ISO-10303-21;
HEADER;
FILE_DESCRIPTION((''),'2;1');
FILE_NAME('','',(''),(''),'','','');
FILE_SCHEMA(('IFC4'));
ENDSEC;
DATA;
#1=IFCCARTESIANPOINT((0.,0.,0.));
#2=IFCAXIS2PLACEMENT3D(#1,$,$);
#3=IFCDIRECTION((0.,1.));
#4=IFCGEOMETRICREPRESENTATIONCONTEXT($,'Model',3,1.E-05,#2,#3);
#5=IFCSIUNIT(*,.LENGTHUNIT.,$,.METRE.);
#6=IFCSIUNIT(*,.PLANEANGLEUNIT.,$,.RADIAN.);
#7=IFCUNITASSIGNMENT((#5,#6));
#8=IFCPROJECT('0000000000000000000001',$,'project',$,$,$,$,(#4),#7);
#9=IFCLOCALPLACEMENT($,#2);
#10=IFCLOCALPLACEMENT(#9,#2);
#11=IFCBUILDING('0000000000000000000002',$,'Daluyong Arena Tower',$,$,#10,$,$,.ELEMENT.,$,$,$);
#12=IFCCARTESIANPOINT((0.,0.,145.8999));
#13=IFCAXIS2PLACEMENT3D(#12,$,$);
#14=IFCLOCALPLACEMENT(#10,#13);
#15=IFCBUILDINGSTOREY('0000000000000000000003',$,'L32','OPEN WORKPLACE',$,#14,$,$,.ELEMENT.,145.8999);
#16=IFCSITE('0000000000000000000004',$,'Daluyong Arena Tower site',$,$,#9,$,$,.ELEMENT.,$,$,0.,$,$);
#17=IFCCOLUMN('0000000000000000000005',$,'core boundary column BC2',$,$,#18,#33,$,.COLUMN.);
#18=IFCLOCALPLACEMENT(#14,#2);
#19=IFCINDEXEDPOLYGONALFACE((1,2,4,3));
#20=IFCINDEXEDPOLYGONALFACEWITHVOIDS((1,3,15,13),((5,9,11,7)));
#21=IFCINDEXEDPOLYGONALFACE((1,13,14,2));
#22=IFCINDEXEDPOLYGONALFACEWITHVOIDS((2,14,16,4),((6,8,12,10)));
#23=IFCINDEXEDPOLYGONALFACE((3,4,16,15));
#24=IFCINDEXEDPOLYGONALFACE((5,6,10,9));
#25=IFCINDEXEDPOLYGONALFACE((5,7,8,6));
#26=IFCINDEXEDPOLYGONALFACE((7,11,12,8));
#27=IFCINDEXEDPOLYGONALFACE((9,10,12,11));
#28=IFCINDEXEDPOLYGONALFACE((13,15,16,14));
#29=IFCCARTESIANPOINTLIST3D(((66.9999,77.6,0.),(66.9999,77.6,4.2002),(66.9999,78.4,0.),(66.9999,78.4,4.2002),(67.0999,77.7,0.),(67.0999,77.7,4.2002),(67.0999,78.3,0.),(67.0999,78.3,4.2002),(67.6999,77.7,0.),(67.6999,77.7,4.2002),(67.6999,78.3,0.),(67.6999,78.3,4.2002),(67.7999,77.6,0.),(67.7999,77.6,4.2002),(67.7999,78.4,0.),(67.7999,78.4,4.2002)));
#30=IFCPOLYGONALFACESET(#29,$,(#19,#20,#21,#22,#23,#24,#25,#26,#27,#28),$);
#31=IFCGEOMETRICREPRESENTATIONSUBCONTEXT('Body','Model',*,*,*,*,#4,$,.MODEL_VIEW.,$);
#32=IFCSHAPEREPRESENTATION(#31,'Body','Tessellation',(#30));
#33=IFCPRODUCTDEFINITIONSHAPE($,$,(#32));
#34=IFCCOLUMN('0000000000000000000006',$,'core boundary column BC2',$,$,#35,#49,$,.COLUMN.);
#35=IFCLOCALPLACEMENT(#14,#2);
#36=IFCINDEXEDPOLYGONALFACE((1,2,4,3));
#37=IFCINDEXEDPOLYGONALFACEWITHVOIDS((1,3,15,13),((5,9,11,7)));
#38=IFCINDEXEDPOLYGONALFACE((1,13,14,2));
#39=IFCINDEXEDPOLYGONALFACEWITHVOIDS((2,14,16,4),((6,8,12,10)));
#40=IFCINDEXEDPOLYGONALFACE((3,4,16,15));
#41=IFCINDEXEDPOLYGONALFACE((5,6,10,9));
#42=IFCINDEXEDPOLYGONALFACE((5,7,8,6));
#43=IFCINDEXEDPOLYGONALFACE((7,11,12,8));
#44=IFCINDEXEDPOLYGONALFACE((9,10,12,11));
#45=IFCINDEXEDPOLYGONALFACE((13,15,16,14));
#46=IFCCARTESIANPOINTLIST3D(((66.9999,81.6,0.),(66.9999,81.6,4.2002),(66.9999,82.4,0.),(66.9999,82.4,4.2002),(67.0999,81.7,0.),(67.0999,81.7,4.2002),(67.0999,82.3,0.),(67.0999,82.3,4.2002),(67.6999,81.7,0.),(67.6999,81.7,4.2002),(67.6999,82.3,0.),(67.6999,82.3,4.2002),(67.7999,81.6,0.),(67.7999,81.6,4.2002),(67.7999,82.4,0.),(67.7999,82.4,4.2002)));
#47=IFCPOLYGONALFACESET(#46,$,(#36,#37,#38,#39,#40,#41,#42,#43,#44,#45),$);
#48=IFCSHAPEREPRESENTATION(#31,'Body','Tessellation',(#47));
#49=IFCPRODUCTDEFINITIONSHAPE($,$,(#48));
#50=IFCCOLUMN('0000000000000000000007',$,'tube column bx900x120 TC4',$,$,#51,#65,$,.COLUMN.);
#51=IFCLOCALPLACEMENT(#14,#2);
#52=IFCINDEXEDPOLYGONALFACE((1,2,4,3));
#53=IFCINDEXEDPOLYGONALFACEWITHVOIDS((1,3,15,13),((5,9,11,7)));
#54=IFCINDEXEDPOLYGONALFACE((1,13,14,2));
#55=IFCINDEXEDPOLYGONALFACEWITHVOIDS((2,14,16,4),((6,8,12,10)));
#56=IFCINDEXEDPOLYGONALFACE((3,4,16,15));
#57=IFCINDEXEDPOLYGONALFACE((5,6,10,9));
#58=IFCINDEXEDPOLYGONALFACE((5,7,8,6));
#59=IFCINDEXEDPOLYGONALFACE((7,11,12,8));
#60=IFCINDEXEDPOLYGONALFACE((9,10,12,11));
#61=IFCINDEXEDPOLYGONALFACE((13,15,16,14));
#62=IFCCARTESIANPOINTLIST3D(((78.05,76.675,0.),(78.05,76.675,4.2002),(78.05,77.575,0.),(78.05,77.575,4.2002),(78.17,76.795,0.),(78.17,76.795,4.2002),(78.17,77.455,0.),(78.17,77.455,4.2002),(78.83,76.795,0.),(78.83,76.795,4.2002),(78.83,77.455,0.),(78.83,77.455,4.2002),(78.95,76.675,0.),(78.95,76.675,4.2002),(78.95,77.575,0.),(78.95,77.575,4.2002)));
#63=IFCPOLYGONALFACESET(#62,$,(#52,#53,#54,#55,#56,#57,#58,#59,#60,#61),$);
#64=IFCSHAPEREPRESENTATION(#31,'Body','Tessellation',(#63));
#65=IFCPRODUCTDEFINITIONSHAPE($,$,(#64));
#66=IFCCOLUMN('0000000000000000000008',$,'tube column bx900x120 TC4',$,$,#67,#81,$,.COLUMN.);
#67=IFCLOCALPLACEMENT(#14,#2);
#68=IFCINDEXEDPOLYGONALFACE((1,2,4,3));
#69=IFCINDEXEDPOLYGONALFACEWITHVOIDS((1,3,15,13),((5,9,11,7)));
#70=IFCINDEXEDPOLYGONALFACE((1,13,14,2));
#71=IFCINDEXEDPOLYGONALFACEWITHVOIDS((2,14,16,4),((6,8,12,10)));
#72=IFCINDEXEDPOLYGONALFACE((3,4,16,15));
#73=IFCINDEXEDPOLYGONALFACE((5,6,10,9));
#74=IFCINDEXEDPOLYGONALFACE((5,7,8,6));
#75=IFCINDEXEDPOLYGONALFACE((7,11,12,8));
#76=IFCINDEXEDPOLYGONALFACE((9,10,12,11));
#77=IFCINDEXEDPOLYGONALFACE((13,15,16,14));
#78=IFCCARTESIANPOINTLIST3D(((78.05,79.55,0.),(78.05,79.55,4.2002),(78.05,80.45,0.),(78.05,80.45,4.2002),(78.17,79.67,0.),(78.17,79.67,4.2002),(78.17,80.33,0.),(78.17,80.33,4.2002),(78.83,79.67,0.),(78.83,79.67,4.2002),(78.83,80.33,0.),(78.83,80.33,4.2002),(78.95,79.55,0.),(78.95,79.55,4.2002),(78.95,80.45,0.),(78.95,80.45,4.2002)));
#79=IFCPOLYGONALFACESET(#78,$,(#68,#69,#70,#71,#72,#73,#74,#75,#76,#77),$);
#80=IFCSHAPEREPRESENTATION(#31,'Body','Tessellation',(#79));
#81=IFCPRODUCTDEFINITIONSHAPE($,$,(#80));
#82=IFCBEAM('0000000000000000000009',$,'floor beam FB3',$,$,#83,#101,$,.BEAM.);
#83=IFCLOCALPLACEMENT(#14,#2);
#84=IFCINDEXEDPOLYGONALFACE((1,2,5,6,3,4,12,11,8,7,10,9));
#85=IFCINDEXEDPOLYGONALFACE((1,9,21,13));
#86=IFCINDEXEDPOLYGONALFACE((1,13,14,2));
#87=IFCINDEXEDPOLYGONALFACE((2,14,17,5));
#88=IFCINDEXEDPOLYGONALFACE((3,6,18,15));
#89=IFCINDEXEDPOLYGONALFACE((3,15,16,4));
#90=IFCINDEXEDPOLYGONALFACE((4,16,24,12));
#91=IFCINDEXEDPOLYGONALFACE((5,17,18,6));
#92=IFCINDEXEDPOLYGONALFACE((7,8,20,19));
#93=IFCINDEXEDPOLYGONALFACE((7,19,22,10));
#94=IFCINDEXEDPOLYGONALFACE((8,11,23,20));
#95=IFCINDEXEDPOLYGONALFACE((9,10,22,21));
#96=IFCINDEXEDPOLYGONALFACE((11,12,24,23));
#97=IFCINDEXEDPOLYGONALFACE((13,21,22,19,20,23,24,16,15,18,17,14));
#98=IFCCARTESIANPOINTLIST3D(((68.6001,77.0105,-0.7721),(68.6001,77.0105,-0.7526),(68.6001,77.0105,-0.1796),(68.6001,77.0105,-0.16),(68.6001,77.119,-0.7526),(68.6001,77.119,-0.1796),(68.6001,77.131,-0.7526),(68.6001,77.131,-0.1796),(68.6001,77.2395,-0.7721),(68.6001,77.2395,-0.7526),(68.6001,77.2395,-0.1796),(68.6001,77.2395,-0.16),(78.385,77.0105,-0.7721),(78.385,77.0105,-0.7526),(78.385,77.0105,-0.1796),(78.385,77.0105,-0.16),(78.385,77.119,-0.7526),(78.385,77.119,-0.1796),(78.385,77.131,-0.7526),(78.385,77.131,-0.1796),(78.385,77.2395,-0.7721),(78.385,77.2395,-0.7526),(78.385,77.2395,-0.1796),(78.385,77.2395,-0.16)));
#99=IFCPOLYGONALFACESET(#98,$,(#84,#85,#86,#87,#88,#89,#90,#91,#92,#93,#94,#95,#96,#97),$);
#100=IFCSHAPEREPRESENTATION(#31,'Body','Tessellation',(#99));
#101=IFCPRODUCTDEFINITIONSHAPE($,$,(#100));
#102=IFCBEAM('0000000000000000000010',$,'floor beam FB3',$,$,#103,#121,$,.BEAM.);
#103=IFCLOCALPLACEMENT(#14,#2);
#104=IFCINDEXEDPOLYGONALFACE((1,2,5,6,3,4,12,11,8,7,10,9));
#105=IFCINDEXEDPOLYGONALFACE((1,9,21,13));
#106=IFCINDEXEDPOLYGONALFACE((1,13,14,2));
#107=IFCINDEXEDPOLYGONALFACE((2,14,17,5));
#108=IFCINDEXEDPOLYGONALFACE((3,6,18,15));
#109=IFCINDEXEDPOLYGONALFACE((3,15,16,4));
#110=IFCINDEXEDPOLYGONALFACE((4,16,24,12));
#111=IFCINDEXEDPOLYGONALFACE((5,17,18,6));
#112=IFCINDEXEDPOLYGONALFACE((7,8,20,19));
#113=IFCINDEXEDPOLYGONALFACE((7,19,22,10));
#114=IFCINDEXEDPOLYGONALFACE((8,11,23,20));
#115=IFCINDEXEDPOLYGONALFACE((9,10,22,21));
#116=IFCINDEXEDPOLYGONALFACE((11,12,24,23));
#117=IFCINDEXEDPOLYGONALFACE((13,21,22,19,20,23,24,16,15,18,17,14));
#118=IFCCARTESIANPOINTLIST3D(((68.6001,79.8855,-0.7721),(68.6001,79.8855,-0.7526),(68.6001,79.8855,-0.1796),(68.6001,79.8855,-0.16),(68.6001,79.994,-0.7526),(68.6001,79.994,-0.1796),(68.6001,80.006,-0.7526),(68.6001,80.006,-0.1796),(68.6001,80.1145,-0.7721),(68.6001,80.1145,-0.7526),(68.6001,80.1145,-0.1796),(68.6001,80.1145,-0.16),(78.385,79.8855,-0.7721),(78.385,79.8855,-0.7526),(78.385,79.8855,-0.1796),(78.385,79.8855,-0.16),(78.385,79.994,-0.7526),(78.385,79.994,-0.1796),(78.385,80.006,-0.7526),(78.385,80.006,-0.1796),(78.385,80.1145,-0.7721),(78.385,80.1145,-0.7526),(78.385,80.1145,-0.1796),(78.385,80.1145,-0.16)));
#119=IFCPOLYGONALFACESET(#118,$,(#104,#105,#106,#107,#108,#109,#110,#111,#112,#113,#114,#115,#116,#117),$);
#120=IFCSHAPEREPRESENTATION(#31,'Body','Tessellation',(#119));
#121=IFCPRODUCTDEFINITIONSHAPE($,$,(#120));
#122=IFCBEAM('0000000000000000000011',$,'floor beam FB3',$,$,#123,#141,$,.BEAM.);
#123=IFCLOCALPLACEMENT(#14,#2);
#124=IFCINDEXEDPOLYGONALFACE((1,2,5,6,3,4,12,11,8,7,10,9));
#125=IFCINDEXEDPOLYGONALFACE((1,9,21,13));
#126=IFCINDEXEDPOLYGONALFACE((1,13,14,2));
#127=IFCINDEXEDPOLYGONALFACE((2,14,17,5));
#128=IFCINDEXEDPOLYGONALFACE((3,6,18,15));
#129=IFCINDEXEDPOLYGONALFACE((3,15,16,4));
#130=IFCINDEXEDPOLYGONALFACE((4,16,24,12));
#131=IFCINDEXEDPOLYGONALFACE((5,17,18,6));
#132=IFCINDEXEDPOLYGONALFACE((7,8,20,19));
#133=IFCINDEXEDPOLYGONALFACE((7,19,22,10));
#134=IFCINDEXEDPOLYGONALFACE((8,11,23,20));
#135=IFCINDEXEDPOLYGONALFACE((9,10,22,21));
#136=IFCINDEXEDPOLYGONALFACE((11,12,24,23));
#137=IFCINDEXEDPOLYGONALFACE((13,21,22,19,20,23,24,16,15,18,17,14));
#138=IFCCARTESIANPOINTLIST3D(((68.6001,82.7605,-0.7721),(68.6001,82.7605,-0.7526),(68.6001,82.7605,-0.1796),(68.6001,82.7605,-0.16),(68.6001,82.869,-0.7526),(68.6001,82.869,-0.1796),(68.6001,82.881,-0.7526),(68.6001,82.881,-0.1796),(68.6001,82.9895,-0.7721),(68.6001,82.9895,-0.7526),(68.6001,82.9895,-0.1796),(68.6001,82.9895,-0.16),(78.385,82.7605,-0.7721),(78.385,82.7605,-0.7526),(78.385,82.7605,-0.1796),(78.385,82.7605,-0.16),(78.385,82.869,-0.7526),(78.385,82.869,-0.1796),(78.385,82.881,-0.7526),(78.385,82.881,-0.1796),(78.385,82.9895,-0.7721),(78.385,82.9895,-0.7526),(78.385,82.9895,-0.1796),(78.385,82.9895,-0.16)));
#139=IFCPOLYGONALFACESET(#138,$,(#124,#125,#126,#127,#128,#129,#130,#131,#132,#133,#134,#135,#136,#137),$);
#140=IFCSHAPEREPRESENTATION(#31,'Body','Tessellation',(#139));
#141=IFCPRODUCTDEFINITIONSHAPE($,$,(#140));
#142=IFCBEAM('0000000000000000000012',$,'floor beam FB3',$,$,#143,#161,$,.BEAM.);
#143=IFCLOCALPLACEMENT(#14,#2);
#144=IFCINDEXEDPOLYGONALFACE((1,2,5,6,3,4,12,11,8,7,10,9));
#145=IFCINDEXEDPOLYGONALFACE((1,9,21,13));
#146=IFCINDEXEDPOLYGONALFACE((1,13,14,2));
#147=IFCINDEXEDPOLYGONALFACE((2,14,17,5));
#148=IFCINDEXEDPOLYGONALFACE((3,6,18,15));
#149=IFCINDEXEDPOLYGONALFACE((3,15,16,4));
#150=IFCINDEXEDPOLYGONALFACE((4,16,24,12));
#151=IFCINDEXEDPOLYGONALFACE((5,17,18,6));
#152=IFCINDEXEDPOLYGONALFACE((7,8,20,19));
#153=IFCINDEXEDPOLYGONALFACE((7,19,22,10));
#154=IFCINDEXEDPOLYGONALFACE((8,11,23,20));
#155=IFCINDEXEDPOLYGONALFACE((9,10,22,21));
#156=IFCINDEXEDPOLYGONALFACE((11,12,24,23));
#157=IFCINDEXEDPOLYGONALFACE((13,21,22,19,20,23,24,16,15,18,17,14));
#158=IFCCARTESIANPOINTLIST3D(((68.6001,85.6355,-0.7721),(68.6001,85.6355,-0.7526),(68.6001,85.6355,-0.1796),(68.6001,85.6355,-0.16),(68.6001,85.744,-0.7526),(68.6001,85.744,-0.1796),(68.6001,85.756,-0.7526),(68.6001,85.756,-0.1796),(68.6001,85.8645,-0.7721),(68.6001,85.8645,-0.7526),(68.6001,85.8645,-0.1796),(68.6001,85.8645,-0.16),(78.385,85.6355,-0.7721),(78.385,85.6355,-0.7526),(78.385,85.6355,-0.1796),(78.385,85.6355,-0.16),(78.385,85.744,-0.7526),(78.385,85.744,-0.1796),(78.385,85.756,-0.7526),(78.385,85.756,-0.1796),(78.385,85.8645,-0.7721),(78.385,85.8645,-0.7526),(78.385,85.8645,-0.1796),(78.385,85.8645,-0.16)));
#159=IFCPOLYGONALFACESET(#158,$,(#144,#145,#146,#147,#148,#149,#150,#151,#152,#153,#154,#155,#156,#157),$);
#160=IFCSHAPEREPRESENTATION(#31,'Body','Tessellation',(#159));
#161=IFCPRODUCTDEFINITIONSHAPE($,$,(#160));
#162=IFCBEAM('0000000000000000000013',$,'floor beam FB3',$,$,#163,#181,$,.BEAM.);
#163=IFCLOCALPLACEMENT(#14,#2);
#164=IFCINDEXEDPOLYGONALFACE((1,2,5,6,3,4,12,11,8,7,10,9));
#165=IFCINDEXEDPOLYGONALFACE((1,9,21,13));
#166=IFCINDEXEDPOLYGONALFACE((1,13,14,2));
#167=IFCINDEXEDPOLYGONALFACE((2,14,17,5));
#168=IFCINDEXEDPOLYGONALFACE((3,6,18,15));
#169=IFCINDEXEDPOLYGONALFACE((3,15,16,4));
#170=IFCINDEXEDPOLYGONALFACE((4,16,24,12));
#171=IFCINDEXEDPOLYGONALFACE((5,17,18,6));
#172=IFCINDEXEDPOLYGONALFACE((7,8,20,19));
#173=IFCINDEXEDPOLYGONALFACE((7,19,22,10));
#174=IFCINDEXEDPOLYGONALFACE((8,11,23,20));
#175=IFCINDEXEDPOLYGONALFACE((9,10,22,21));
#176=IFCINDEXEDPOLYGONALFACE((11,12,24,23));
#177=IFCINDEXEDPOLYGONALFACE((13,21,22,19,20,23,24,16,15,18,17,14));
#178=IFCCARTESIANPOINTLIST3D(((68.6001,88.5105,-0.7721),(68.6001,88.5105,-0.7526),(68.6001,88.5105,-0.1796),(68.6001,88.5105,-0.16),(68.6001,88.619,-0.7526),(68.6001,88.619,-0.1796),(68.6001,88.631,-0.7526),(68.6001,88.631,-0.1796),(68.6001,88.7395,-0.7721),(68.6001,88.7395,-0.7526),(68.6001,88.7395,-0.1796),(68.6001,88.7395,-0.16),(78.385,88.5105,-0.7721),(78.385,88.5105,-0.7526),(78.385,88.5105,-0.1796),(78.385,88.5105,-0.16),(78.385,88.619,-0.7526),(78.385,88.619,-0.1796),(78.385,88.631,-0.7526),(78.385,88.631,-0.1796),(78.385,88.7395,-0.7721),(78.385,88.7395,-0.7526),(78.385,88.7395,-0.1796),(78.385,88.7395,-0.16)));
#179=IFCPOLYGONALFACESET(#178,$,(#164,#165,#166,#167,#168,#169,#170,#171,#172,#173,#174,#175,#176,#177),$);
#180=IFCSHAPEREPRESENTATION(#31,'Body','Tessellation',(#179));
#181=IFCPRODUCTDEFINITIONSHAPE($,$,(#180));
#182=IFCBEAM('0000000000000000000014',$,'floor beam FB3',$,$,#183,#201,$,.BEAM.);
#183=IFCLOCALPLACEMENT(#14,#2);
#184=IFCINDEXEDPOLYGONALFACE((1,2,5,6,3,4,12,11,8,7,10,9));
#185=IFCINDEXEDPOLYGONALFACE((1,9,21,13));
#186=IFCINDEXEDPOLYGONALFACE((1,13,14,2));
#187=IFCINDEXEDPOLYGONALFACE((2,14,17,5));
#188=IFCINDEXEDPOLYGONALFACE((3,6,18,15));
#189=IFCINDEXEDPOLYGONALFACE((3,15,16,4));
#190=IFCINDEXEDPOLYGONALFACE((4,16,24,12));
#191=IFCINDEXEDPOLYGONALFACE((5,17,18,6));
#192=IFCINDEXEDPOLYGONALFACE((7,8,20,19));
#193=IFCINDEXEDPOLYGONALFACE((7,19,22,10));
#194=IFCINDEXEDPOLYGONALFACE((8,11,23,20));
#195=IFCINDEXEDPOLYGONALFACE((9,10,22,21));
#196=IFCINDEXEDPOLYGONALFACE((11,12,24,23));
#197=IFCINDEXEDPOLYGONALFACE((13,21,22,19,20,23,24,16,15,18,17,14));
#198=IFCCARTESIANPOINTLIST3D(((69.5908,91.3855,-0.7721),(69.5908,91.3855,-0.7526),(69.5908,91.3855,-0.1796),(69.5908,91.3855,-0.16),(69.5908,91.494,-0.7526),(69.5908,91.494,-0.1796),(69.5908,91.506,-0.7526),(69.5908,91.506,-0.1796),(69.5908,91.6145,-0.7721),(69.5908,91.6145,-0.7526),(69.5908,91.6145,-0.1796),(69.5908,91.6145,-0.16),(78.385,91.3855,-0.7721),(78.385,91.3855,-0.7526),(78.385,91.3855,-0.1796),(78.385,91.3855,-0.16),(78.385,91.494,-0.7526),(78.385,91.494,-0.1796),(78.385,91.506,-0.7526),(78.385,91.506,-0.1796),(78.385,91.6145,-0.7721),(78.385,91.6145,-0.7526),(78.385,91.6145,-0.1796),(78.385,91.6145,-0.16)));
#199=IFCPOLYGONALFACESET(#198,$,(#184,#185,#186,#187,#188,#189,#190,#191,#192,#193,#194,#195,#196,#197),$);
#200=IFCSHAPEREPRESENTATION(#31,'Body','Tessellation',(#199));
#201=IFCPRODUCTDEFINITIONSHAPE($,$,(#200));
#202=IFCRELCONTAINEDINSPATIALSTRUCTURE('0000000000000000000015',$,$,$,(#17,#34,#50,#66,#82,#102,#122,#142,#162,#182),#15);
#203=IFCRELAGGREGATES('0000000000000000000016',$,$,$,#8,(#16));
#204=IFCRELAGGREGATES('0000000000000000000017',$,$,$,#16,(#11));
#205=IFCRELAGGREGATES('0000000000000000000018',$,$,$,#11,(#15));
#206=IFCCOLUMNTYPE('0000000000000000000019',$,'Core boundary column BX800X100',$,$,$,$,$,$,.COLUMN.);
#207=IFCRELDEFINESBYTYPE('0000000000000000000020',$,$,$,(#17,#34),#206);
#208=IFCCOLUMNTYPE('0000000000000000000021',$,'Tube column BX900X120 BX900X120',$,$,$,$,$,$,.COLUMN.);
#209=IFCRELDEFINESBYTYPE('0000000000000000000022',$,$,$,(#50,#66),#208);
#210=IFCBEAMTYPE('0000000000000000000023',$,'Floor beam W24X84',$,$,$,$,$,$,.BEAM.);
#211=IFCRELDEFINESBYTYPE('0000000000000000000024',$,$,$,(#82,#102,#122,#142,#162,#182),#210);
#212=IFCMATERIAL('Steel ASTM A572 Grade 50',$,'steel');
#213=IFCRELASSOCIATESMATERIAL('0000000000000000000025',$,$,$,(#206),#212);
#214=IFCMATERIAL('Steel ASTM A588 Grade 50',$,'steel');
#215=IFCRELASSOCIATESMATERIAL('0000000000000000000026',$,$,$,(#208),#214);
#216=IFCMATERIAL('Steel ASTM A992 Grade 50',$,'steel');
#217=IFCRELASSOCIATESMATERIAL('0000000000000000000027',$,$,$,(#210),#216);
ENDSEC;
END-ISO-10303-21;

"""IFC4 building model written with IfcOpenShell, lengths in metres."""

from ifc_helpers import new_model, si_unit, direction, frame, origin, origin_2d, place, context, subcontext, project, spatial, hollow_rectangle, i_section, extrude, material, material_profile, profile_set, type_object, element, save


model = new_model("IFC4")

# Units and contexts
model_context = context("Model", 3, precision=1e-05, world=origin(), true_north=direction((0.0, 1.0)))
body_context = subcontext(model_context, "Body", "Model", "MODEL_VIEW")
ifc_project = project(units=[si_unit("LENGTHUNIT", "METRE"), si_unit("PLANEANGLEUNIT", "RADIAN")], contexts=[model_context])

# Site, building, storey
site_placement = place(None, origin())
site = spatial("IfcSite", under=ifc_project, at=site_placement, Name="Daluyong Arena Tower site", CompositionType="ELEMENT", RefElevation=0.0)
building_placement = place(site_placement, origin())
building = spatial("IfcBuilding", under=site, at=building_placement, Name="Daluyong Arena Tower", CompositionType="ELEMENT")
storey_placement = place(building_placement, frame((0.0, 0.0, 145.8999)))
storey = spatial("IfcBuildingStorey", under=building, at=storey_placement, Name="L32", Description="OPEN WORKPLACE", CompositionType="ELEMENT", Elevation=145.8999)

# Columns
ifc_material_1 = material(Name="Steel ASTM A572 Grade 50", Category="steel")
ifc_material_profile_1 = material_profile(ifc_material_1, hollow_rectangle(XDim=0.8, YDim=0.8, WallThickness=0.1, at=origin_2d()))
ifc_profile_set_1 = profile_set([ifc_material_profile_1], Name="Steel ASTM A572 Grade 50")
column_type_1 = type_object("IfcColumnType", Name="Core boundary column BX800X100", PredefinedType="COLUMN", material=ifc_profile_set_1)
for number, where, z_axis, x_axis, name in (
    (1, (67.3999, 78.0, 0.0), (0.0, 0.0, 1.0), (1.0, 0.0, 0.0), "core boundary column BC2"),
    (2, (67.3999, 82.0, 0.0), (0.0, 0.0, 1.0), (1.0, 0.0, 0.0), "core boundary column BC2"),
):
    element("IfcColumn", number, at=place(storey_placement, frame(where, z_axis=z_axis, x_axis=x_axis)), inside=storey, type_object=column_type_1, Name=name, PredefinedType="COLUMN", context=body_context, shape_type="SweptSolid", body=[
        extrude(hollow_rectangle(XDim=0.8, YDim=0.8, WallThickness=0.1, at=origin_2d()), origin(), (0.0, 0.0, 1.0), 4.2002),
    ])
ifc_material_2 = material(Name="Steel ASTM A588 Grade 50", Category="steel")
ifc_material_profile_2 = material_profile(ifc_material_2, hollow_rectangle(XDim=0.8999, YDim=0.8999, WallThickness=0.12, at=origin_2d()))
ifc_profile_set_2 = profile_set([ifc_material_profile_2], Name="Steel ASTM A588 Grade 50")
column_type_2 = type_object("IfcColumnType", Name="Tube column BX900X120 BX900X120", PredefinedType="COLUMN", material=ifc_profile_set_2)
for number, where, z_axis, x_axis, name in (
    (3, (78.5, 77.125, 0.0), (0.0, 0.0, 1.0), (0.0, 1.0, 0.0), "tube column bx900x120 TC4"),
    (4, (78.5, 80.0, 0.0), (0.0, 0.0, 1.0), (0.0, 1.0, 0.0), "tube column bx900x120 TC4"),
):
    element("IfcColumn", number, at=place(storey_placement, frame(where, z_axis=z_axis, x_axis=x_axis)), inside=storey, type_object=column_type_2, Name=name, PredefinedType="COLUMN", context=body_context, shape_type="SweptSolid", body=[
        extrude(hollow_rectangle(XDim=0.8999, YDim=0.8999, WallThickness=0.12, at=origin_2d()), origin(), (0.0, 0.0, 1.0), 4.2002),
    ])

# Beams
ifc_material_3 = material(Name="Steel ASTM A992 Grade 50", Category="steel")
ifc_material_profile_3 = material_profile(ifc_material_3, i_section(OverallWidth=0.229, OverallDepth=0.6121, WebThickness=0.012, FlangeThickness=0.0195, at=origin_2d()))
ifc_profile_set_3 = profile_set([ifc_material_profile_3], Name="Steel ASTM A992 Grade 50")
beam_type_1 = type_object("IfcBeamType", Name="Floor beam W24X84", PredefinedType="BEAM", material=ifc_profile_set_3)
for number, where, z_axis, x_axis, name in (
    (5, (78.385, 77.125, -0.4661), (-1.0, 0.0, 0.0), (0.0, -1.0, 0.0), "floor beam FB3"),
    (6, (78.385, 80.0, -0.4661), (-1.0, 0.0, 0.0), (0.0, -1.0, 0.0), "floor beam FB3"),
    (7, (78.385, 82.875, -0.4661), (-1.0, 0.0, 0.0), (0.0, -1.0, 0.0), "floor beam FB3"),
    (8, (78.385, 85.75, -0.4661), (-1.0, 0.0, 0.0), (0.0, -1.0, 0.0), "floor beam FB3"),
    (9, (78.385, 88.625, -0.4661), (-1.0, 0.0, 0.0), (0.0, -1.0, 0.0), "floor beam FB3"),
):
    element("IfcBeam", number, at=place(storey_placement, frame(where, z_axis=z_axis, x_axis=x_axis)), inside=storey, type_object=beam_type_1, Name=name, PredefinedType="BEAM", context=body_context, shape_type="SweptSolid", body=[
        extrude(i_section(OverallWidth=0.229, OverallDepth=0.6121, WebThickness=0.012, FlangeThickness=0.0195, at=origin_2d()), origin(), (0.0, 0.0, 1.0), 9.7849),
    ])
beam_1_placement = place(storey_placement, frame((78.385, 91.5, -0.4661), z_axis=(-1.0, 0.0, 0.0), x_axis=(0.0, -1.0, 0.0)))
element("IfcBeam", 10, at=beam_1_placement, inside=storey, type_object=beam_type_1, Name="floor beam FB3", PredefinedType="BEAM", context=body_context, shape_type="SweptSolid", body=[
    extrude(i_section(OverallWidth=0.229, OverallDepth=0.6121, WebThickness=0.012, FlangeThickness=0.0195, at=origin_2d()), origin(), (0.0, 0.0, 1.0), 8.7942),
])

save(model, "model.ifc")
